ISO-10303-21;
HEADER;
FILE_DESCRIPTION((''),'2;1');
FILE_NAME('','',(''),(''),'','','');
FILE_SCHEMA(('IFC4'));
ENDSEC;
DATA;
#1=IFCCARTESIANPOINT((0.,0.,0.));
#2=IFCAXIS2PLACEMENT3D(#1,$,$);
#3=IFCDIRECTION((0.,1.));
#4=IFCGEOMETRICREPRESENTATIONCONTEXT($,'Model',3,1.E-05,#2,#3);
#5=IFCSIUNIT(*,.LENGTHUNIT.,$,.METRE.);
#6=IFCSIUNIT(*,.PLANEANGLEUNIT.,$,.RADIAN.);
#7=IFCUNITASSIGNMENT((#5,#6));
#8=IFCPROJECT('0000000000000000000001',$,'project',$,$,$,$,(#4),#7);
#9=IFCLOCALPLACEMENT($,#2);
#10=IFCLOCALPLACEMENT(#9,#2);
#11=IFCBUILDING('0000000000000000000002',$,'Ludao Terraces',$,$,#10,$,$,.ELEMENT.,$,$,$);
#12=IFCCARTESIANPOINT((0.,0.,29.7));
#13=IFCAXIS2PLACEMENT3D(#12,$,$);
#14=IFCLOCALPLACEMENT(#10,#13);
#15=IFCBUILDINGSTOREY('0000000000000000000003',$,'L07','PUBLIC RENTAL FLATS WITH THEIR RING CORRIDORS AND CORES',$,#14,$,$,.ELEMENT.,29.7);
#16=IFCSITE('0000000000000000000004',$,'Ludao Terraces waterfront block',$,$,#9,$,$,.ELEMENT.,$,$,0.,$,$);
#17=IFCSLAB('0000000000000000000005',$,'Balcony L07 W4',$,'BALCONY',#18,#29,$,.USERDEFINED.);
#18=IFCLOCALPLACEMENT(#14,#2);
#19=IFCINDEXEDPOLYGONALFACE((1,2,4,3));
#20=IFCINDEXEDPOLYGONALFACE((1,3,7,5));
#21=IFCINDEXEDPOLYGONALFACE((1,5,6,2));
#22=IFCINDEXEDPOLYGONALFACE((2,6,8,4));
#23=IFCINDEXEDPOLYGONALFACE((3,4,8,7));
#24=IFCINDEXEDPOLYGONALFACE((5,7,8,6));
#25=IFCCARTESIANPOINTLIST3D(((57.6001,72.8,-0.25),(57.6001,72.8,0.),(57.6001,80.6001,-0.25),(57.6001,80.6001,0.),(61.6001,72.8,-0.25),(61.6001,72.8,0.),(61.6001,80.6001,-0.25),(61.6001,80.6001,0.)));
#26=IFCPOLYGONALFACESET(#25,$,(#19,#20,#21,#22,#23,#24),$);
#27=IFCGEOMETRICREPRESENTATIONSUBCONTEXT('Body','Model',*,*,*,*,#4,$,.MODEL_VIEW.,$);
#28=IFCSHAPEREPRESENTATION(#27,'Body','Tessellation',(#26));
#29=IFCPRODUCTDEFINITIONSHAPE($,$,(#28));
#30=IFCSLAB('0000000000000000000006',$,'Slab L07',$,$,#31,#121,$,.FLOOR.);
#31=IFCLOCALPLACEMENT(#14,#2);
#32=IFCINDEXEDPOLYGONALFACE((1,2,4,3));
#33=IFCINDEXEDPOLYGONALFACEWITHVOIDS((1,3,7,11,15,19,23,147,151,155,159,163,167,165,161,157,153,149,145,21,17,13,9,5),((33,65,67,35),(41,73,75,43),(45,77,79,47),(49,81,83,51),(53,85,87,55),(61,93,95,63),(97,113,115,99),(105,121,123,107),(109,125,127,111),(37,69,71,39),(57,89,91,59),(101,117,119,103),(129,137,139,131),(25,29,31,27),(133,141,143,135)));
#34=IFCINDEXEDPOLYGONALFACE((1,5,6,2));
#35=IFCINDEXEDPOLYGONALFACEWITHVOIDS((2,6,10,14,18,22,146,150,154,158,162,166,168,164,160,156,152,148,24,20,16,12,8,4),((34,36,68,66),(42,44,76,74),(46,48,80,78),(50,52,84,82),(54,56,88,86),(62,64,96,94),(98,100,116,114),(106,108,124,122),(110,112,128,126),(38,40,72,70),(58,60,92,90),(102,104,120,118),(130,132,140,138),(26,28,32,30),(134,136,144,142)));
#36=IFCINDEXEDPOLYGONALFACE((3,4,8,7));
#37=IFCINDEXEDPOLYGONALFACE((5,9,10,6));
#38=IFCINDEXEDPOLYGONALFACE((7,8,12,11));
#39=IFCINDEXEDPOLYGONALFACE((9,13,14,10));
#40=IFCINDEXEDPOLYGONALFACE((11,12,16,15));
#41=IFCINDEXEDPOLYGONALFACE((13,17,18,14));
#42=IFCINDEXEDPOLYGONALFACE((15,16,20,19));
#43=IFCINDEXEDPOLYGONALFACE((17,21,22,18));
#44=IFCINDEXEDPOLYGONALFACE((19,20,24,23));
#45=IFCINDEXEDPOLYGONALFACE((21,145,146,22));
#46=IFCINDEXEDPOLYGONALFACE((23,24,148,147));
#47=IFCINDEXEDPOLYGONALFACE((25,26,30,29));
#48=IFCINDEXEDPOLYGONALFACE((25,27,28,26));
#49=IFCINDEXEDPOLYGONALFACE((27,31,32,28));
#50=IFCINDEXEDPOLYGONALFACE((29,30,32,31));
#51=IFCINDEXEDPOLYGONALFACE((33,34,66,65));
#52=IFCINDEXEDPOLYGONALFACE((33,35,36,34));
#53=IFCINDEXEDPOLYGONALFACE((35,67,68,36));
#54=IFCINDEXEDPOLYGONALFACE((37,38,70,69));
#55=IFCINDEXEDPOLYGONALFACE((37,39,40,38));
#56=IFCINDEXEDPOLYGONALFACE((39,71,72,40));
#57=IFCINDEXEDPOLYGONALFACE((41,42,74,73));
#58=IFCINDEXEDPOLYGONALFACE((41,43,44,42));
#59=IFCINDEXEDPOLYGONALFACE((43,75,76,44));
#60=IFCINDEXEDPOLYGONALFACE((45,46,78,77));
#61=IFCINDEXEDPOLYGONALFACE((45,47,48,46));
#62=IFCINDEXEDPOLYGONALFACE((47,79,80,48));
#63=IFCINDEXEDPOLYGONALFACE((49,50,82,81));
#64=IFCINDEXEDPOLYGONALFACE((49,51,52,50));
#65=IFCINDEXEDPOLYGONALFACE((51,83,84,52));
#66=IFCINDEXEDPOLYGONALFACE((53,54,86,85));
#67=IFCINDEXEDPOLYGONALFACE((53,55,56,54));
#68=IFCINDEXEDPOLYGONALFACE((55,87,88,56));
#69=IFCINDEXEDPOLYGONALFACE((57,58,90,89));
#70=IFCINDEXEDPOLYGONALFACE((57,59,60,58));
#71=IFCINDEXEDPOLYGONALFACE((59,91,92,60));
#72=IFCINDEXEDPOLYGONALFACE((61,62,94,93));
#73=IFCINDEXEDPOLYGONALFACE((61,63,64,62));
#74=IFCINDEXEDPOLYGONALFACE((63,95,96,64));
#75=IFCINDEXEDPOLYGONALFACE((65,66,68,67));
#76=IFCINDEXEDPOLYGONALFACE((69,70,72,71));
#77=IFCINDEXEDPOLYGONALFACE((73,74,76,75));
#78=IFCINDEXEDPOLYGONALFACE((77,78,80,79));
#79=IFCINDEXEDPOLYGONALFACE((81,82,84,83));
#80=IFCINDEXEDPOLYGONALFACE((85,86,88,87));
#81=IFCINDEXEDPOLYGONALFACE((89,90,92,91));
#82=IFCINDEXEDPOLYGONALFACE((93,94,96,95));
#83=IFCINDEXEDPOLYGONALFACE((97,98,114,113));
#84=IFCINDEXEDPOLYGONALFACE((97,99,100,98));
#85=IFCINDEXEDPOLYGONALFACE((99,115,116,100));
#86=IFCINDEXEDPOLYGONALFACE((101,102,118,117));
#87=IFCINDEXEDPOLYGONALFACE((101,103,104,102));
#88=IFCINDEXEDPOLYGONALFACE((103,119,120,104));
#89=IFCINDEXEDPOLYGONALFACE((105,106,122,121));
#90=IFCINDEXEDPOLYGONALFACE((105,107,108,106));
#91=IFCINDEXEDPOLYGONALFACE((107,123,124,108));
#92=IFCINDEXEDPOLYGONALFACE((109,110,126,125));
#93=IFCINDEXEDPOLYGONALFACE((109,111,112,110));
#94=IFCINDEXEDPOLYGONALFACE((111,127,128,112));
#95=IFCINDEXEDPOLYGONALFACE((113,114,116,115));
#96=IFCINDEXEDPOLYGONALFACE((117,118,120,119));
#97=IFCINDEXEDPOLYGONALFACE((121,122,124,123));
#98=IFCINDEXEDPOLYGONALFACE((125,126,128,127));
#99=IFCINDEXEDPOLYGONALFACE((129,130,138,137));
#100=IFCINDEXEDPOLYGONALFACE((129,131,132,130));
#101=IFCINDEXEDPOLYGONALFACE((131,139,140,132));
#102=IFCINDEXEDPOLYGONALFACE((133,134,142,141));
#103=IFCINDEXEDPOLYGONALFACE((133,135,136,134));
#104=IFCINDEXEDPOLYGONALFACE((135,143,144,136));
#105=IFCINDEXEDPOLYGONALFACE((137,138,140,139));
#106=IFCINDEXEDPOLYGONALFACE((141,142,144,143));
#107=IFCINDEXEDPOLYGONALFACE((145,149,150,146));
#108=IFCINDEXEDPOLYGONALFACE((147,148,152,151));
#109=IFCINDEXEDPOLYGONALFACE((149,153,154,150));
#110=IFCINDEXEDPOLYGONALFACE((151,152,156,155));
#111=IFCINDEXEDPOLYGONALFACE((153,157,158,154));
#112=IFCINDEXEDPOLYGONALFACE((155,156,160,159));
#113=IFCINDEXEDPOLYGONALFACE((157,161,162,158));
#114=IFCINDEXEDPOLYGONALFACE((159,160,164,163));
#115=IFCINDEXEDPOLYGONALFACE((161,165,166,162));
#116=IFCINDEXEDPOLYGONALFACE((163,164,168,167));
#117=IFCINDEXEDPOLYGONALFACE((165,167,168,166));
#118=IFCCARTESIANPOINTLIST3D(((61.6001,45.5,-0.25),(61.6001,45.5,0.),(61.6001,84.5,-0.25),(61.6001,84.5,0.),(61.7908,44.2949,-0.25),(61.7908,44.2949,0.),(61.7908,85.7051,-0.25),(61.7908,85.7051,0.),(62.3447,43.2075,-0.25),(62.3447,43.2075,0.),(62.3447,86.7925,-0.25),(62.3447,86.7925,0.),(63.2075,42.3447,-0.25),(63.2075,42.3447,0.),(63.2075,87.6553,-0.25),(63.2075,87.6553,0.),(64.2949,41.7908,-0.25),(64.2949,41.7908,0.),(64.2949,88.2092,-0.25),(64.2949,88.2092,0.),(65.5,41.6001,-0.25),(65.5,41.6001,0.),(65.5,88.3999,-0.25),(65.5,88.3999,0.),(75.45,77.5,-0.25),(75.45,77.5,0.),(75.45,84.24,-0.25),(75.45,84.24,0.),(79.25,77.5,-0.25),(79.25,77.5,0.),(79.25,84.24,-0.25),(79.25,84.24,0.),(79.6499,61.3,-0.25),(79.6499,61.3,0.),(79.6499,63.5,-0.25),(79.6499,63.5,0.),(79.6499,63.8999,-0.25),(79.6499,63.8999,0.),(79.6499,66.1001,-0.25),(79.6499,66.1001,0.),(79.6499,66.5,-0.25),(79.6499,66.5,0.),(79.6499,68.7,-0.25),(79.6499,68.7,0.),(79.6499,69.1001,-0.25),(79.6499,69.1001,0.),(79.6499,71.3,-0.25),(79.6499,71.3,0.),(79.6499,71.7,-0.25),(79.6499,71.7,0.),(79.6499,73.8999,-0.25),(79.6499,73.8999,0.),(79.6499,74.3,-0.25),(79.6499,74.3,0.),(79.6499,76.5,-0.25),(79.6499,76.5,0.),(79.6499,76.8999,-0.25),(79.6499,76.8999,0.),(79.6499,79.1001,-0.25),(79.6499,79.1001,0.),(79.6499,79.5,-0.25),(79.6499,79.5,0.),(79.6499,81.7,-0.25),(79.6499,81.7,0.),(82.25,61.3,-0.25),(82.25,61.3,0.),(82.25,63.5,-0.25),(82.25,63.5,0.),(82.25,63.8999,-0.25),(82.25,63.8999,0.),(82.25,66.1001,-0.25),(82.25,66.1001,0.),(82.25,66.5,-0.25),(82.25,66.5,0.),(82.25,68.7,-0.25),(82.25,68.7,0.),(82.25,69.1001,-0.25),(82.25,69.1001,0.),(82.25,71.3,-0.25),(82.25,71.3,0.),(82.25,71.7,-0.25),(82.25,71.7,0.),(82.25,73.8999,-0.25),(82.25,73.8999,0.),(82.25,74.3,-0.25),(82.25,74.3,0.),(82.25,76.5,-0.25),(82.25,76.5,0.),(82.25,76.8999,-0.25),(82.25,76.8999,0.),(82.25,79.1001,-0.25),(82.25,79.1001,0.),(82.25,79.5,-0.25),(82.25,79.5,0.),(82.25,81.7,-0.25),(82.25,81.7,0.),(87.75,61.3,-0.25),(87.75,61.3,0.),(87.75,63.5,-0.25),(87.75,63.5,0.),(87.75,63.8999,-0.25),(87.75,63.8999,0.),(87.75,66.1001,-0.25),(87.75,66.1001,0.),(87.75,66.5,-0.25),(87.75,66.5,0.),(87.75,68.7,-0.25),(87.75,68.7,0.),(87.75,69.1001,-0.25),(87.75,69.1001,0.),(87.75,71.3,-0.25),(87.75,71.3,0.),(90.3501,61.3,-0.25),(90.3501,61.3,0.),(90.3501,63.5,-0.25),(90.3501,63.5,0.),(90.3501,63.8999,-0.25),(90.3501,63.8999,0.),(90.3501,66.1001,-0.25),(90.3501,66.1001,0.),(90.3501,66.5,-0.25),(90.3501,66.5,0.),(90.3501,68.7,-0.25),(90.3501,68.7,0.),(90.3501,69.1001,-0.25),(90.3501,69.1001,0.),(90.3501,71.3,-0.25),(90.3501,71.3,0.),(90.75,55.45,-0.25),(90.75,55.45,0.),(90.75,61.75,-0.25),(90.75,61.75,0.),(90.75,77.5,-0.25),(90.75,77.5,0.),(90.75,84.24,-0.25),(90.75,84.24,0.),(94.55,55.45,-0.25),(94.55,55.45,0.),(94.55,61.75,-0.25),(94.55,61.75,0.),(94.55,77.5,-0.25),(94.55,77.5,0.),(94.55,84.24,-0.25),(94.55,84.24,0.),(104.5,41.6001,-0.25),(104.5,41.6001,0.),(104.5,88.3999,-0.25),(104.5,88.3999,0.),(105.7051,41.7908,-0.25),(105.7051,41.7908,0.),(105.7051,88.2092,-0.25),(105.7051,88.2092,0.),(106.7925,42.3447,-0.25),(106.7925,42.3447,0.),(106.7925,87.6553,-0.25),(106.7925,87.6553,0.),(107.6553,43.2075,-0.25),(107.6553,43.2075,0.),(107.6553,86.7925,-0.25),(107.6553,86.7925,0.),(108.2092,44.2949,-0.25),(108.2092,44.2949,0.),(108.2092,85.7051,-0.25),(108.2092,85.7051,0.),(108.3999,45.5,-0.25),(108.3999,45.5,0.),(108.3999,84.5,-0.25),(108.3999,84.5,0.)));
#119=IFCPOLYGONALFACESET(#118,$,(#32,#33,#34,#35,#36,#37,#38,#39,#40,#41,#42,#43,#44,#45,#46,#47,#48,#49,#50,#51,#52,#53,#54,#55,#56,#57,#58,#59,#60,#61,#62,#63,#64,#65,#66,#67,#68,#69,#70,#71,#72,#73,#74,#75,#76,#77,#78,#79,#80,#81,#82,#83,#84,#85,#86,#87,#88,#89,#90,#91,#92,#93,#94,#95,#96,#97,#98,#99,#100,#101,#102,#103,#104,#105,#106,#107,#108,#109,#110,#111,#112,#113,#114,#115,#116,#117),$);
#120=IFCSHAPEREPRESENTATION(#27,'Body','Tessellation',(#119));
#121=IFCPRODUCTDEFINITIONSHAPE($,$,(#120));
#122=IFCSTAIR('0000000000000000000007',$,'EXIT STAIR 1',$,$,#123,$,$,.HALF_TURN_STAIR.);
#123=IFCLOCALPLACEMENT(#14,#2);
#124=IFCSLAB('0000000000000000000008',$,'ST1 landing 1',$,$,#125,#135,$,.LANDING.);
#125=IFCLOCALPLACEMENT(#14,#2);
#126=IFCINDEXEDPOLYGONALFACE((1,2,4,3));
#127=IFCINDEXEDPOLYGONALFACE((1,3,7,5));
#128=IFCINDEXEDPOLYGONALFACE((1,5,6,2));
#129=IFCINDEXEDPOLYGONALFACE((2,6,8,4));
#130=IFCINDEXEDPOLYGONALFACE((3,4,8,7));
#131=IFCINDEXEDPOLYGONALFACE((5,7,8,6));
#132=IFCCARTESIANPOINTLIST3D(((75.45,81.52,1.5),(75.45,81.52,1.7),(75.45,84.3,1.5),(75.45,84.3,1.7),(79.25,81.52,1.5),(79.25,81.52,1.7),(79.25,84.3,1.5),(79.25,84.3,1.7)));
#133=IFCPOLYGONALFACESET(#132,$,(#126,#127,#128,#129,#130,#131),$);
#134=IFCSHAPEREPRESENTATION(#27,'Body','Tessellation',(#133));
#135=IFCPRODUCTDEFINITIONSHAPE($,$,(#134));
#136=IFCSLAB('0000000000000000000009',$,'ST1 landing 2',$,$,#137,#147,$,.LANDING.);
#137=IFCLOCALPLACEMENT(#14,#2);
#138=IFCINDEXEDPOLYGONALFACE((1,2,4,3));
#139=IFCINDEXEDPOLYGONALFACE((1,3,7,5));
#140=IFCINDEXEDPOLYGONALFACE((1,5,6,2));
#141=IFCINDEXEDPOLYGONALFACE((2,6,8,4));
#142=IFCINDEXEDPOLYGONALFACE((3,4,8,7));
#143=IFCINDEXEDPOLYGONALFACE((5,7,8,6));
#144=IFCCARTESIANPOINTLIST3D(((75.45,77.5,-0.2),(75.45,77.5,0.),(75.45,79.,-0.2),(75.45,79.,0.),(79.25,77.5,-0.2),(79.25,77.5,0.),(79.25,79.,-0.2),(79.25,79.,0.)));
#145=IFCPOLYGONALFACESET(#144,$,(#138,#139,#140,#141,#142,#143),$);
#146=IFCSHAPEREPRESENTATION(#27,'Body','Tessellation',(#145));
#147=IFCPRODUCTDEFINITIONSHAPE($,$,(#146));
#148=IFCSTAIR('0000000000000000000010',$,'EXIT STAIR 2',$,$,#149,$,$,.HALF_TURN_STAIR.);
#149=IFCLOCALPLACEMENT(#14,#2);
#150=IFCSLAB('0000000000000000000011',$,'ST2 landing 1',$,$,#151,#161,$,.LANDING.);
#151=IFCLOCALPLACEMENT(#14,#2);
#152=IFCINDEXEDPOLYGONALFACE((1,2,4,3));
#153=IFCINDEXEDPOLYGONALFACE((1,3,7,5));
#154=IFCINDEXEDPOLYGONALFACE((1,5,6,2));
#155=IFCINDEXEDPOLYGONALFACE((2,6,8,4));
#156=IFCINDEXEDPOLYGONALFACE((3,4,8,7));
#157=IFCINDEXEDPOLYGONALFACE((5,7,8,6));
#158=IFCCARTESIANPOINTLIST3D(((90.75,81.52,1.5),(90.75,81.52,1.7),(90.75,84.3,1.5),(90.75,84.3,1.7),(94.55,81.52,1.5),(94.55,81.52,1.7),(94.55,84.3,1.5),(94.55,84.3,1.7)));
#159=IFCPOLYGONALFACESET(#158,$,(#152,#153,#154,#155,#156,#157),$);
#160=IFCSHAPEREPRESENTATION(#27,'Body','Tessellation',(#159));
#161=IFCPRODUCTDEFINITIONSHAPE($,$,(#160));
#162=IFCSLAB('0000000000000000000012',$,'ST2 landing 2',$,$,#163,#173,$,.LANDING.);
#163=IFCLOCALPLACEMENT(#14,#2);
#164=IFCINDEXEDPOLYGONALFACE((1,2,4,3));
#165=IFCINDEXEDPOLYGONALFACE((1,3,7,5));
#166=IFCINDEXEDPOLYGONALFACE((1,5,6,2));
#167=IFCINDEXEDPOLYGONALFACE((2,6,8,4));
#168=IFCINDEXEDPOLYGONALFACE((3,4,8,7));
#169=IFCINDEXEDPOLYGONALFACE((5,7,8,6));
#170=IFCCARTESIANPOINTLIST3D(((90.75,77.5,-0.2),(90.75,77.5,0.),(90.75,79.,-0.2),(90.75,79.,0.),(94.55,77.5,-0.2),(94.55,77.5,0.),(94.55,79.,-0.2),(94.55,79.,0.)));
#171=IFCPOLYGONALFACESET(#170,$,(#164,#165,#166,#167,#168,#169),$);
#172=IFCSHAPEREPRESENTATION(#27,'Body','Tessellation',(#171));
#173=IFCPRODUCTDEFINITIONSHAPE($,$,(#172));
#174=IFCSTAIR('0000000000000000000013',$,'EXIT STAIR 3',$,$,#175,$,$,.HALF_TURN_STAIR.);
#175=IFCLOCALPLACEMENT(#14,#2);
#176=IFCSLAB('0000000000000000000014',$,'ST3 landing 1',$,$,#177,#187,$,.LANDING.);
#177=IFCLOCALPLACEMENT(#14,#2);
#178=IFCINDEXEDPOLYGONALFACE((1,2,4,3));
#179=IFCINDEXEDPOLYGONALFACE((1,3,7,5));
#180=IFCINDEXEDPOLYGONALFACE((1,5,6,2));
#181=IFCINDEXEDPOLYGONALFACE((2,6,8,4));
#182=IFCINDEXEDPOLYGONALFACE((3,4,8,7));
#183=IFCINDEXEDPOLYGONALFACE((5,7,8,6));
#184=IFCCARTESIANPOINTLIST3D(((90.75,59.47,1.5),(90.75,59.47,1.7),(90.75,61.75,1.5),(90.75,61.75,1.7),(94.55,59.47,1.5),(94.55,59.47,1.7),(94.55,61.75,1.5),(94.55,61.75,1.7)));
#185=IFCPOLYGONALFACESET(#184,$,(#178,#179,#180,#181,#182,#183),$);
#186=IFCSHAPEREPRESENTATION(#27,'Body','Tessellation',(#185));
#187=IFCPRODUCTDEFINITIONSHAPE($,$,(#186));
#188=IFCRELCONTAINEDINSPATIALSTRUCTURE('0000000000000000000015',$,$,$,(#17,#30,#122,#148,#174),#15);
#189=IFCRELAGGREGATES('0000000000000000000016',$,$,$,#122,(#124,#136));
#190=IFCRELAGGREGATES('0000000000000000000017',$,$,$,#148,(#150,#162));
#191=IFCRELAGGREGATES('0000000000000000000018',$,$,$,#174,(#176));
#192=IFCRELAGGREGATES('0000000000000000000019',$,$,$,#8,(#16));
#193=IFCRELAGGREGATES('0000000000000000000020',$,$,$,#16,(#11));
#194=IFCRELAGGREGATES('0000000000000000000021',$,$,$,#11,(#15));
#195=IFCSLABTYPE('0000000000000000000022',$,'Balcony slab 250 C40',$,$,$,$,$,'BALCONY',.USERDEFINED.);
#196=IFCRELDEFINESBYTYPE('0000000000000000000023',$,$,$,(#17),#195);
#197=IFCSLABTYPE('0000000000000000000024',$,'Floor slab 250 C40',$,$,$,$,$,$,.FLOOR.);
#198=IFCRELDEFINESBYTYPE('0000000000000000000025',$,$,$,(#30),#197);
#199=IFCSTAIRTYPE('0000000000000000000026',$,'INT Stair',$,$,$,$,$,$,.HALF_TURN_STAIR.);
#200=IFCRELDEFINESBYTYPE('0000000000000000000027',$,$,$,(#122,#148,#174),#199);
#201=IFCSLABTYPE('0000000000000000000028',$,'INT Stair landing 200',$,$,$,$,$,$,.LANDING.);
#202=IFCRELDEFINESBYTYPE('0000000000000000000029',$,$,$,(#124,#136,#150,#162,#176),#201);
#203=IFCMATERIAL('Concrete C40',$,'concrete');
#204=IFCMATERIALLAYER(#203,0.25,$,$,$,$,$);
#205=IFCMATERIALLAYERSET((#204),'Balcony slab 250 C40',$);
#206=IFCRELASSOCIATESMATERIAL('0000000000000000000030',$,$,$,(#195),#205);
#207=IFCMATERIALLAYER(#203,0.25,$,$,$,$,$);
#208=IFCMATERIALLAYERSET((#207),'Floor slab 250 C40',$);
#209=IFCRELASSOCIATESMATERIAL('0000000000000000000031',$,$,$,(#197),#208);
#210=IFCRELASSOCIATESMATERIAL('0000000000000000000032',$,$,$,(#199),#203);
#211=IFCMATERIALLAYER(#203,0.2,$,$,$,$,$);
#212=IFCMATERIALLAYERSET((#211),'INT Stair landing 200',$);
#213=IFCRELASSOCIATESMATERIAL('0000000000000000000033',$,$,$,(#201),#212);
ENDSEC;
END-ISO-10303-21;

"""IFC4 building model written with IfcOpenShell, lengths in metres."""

from ifc_helpers import new_model, si_unit, direction, frame, origin, place, context, subcontext, project, spatial, polyline, outline, extrude, material, layer, layer_set, type_object, element, aggregate, save


model = new_model("IFC4")

# Units and contexts
model_context = context("Model", 3, precision=1e-05, world=origin(), true_north=direction((0.0, 1.0)))
body_context = subcontext(model_context, "Body", "Model", "MODEL_VIEW")
ifc_project = project(units=[si_unit("LENGTHUNIT", "METRE"), si_unit("PLANEANGLEUNIT", "RADIAN")], contexts=[model_context])

# Site, building, storey
site_placement = place(None, origin())
site = spatial("IfcSite", under=ifc_project, at=site_placement, Name="Ludao Terraces waterfront block", CompositionType="ELEMENT", RefElevation=0.0)
building_placement = place(site_placement, origin())
building = spatial("IfcBuilding", under=site, at=building_placement, Name="Ludao Terraces", CompositionType="ELEMENT")
storey_placement = place(building_placement, frame((0.0, 0.0, 29.7)))
storey = spatial("IfcBuildingStorey", under=building, at=storey_placement, Name="L07", Description="PUBLIC RENTAL FLATS WITH THEIR RING CORRIDORS AND CORES", CompositionType="ELEMENT", Elevation=29.7)

# Shared definitions
ifc_material_1 = material(Name="Concrete C40", Category="concrete")

# Slabs
ifc_layer_1 = layer(ifc_material_1, 0.25)
ifc_layer_set_1 = layer_set([ifc_layer_1], Name="Balcony slab 250 C40")
slab_type_1 = type_object("IfcSlabType", Name="Balcony slab 250 C40", ElementType="BALCONY", PredefinedType="USERDEFINED", material=ifc_layer_set_1)
slab_1_placement = place(storey_placement, frame((0.0, 0.0, -0.25)))
element("IfcSlab", 1, at=slab_1_placement, inside=storey, type_object=slab_type_1, Name="Balcony L07 W4", ObjectType="BALCONY", PredefinedType="USERDEFINED", context=body_context, shape_type="SweptSolid", body=[
    extrude(outline(polyline([(57.6001, 72.8), (61.6001, 72.8), (61.6001, 80.6001), (57.6001, 80.6001), (57.6001, 72.8)])), origin(), (0.0, 0.0, 1.0), 0.25),
])
ifc_layer_2 = layer(ifc_material_1, 0.25)
ifc_layer_set_2 = layer_set([ifc_layer_2], Name="Floor slab 250 C40")
slab_type_2 = type_object("IfcSlabType", Name="Floor slab 250 C40", PredefinedType="FLOOR", material=ifc_layer_set_2)
slab_2_placement = place(storey_placement, frame((0.0, 0.0, -0.25)))
element("IfcSlab", 2, at=slab_2_placement, inside=storey, type_object=slab_type_2, Name="Slab L07", PredefinedType="FLOOR", context=body_context, shape_type="SweptSolid", body=[
    extrude(outline(polyline([(104.5, 41.6001), (105.7051, 41.7908), (106.7925, 42.3447), (107.6553, 43.2075), (108.2092, 44.2949), (108.3999, 45.5), (108.3999, 84.5), (108.2092, 85.7051), (107.6553, 86.7925), (106.7925, 87.6553), (105.7051, 88.2092), (104.5, 88.3999), (65.5, 88.3999), (64.2949, 88.2092), (63.2075, 87.6553), (62.3447, 86.7925), (61.7908, 85.7051), (61.6001, 84.5), (61.6001, 45.5), (61.7908, 44.2949), (62.3447, 43.2075), (63.2075, 42.3447), (64.2949, 41.7908), (65.5, 41.6001), (104.5, 41.6001)]), holes=[polyline([(79.6499, 61.3), (82.25, 61.3), (82.25, 63.5), (79.6499, 63.5), (79.6499, 61.3)]), polyline([(79.6499, 63.8999), (82.25, 63.8999), (82.25, 66.1001), (79.6499, 66.1001), (79.6499, 63.8999)]), polyline([(79.6499, 66.5), (82.25, 66.5), (82.25, 68.7), (79.6499, 68.7), (79.6499, 66.5)]), polyline([(79.6499, 69.1001), (82.25, 69.1001), (82.25, 71.3), (79.6499, 71.3), (79.6499, 69.1001)]), polyline([(79.6499, 71.7), (82.25, 71.7), (82.25, 73.8999), (79.6499, 73.8999), (79.6499, 71.7)]), polyline([(79.6499, 74.3), (82.25, 74.3), (82.25, 76.5), (79.6499, 76.5), (79.6499, 74.3)]), polyline([(79.6499, 76.8999), (82.25, 76.8999), (82.25, 79.1001), (79.6499, 79.1001), (79.6499, 76.8999)]), polyline([(79.6499, 79.5), (82.25, 79.5), (82.25, 81.7), (79.6499, 81.7), (79.6499, 79.5)]), polyline([(87.75, 61.3), (90.3501, 61.3), (90.3501, 63.5), (87.75, 63.5), (87.75, 61.3)]), polyline([(87.75, 63.8999), (90.3501, 63.8999), (90.3501, 66.1001), (87.75, 66.1001), (87.75, 63.8999)]), polyline([(87.75, 66.5), (90.3501, 66.5), (90.3501, 68.7), (87.75, 68.7), (87.75, 66.5)]), polyline([(87.75, 69.1001), (90.3501, 69.1001), (90.3501, 71.3), (87.75, 71.3), (87.75, 69.1001)]), polyline([(75.45, 77.5), (79.25, 77.5), (79.25, 84.24), (75.45, 84.24), (75.45, 77.5)]), polyline([(90.75, 77.5), (94.55, 77.5), (94.55, 84.24), (90.75, 84.24), (90.75, 77.5)]), polyline([(90.75, 55.45), (94.55, 55.45), (94.55, 61.75), (90.75, 61.75), (90.75, 55.45)])]), origin(), (0.0, 0.0, 1.0), 0.25),
])

# Stairs, slabs
stair_type = type_object("IfcStairType", Name="INT Stair", PredefinedType="HALF_TURN_STAIR", material=ifc_material_1)
stair_1_placement = place(storey_placement, origin())
stair_1 = element("IfcStair", 3, at=stair_1_placement, inside=storey, type_object=stair_type, Name="EXIT STAIR 1", PredefinedType="HALF_TURN_STAIR")
ifc_layer_3 = layer(ifc_material_1, 0.2)
ifc_layer_set_3 = layer_set([ifc_layer_3], Name="INT Stair landing 200")
slab_type_3 = type_object("IfcSlabType", Name="INT Stair landing 200", PredefinedType="LANDING", material=ifc_layer_set_3)
slab_3_placement = place(storey_placement, frame((0.0, 0.0, 1.5)))
slab_3 = element("IfcSlab", 4, at=slab_3_placement, type_object=slab_type_3, Name="ST1 landing 1", PredefinedType="LANDING", context=body_context, shape_type="SweptSolid", body=[
    extrude(outline(polyline([(75.45, 81.52), (79.25, 81.52), (79.25, 84.3), (75.45, 84.3), (75.45, 81.52)])), origin(), (0.0, 0.0, 1.0), 0.2),
])
slab_4_placement = place(storey_placement, frame((0.0, 0.0, -0.2)))
slab_4 = element("IfcSlab", 5, at=slab_4_placement, type_object=slab_type_3, Name="ST1 landing 2", PredefinedType="LANDING", context=body_context, shape_type="SweptSolid", body=[
    extrude(outline(polyline([(75.45, 77.5), (79.25, 77.5), (79.25, 79.0), (75.45, 79.0), (75.45, 77.5)])), origin(), (0.0, 0.0, 1.0), 0.2),
])
aggregate(stair_1, [slab_3, slab_4])
stair_2_placement = place(storey_placement, origin())
stair_2 = element("IfcStair", 6, at=stair_2_placement, inside=storey, type_object=stair_type, Name="EXIT STAIR 2", PredefinedType="HALF_TURN_STAIR")
slab_5_placement = place(storey_placement, frame((0.0, 0.0, 1.5)))
slab_5 = element("IfcSlab", 7, at=slab_5_placement, type_object=slab_type_3, Name="ST2 landing 1", PredefinedType="LANDING", context=body_context, shape_type="SweptSolid", body=[
    extrude(outline(polyline([(90.75, 81.52), (94.55, 81.52), (94.55, 84.3), (90.75, 84.3), (90.75, 81.52)])), origin(), (0.0, 0.0, 1.0), 0.2),
])
slab_6_placement = place(storey_placement, frame((0.0, 0.0, -0.2)))
slab_6 = element("IfcSlab", 8, at=slab_6_placement, type_object=slab_type_3, Name="ST2 landing 2", PredefinedType="LANDING", context=body_context, shape_type="SweptSolid", body=[
    extrude(outline(polyline([(90.75, 77.5), (94.55, 77.5), (94.55, 79.0), (90.75, 79.0), (90.75, 77.5)])), origin(), (0.0, 0.0, 1.0), 0.2),
])
aggregate(stair_2, [slab_5, slab_6])
stair_3_placement = place(storey_placement, origin())
stair_3 = element("IfcStair", 9, at=stair_3_placement, inside=storey, type_object=stair_type, Name="EXIT STAIR 3", PredefinedType="HALF_TURN_STAIR")
slab_7_placement = place(storey_placement, frame((0.0, 0.0, 1.5)))
slab_7 = element("IfcSlab", 10, at=slab_7_placement, type_object=slab_type_3, Name="ST3 landing 1", PredefinedType="LANDING", context=body_context, shape_type="SweptSolid", body=[
    extrude(outline(polyline([(90.75, 59.47), (94.55, 59.47), (94.55, 61.75), (90.75, 61.75), (90.75, 59.47)])), origin(), (0.0, 0.0, 1.0), 0.2),
])
aggregate(stair_3, [slab_7])

save(model, "model.ifc")
